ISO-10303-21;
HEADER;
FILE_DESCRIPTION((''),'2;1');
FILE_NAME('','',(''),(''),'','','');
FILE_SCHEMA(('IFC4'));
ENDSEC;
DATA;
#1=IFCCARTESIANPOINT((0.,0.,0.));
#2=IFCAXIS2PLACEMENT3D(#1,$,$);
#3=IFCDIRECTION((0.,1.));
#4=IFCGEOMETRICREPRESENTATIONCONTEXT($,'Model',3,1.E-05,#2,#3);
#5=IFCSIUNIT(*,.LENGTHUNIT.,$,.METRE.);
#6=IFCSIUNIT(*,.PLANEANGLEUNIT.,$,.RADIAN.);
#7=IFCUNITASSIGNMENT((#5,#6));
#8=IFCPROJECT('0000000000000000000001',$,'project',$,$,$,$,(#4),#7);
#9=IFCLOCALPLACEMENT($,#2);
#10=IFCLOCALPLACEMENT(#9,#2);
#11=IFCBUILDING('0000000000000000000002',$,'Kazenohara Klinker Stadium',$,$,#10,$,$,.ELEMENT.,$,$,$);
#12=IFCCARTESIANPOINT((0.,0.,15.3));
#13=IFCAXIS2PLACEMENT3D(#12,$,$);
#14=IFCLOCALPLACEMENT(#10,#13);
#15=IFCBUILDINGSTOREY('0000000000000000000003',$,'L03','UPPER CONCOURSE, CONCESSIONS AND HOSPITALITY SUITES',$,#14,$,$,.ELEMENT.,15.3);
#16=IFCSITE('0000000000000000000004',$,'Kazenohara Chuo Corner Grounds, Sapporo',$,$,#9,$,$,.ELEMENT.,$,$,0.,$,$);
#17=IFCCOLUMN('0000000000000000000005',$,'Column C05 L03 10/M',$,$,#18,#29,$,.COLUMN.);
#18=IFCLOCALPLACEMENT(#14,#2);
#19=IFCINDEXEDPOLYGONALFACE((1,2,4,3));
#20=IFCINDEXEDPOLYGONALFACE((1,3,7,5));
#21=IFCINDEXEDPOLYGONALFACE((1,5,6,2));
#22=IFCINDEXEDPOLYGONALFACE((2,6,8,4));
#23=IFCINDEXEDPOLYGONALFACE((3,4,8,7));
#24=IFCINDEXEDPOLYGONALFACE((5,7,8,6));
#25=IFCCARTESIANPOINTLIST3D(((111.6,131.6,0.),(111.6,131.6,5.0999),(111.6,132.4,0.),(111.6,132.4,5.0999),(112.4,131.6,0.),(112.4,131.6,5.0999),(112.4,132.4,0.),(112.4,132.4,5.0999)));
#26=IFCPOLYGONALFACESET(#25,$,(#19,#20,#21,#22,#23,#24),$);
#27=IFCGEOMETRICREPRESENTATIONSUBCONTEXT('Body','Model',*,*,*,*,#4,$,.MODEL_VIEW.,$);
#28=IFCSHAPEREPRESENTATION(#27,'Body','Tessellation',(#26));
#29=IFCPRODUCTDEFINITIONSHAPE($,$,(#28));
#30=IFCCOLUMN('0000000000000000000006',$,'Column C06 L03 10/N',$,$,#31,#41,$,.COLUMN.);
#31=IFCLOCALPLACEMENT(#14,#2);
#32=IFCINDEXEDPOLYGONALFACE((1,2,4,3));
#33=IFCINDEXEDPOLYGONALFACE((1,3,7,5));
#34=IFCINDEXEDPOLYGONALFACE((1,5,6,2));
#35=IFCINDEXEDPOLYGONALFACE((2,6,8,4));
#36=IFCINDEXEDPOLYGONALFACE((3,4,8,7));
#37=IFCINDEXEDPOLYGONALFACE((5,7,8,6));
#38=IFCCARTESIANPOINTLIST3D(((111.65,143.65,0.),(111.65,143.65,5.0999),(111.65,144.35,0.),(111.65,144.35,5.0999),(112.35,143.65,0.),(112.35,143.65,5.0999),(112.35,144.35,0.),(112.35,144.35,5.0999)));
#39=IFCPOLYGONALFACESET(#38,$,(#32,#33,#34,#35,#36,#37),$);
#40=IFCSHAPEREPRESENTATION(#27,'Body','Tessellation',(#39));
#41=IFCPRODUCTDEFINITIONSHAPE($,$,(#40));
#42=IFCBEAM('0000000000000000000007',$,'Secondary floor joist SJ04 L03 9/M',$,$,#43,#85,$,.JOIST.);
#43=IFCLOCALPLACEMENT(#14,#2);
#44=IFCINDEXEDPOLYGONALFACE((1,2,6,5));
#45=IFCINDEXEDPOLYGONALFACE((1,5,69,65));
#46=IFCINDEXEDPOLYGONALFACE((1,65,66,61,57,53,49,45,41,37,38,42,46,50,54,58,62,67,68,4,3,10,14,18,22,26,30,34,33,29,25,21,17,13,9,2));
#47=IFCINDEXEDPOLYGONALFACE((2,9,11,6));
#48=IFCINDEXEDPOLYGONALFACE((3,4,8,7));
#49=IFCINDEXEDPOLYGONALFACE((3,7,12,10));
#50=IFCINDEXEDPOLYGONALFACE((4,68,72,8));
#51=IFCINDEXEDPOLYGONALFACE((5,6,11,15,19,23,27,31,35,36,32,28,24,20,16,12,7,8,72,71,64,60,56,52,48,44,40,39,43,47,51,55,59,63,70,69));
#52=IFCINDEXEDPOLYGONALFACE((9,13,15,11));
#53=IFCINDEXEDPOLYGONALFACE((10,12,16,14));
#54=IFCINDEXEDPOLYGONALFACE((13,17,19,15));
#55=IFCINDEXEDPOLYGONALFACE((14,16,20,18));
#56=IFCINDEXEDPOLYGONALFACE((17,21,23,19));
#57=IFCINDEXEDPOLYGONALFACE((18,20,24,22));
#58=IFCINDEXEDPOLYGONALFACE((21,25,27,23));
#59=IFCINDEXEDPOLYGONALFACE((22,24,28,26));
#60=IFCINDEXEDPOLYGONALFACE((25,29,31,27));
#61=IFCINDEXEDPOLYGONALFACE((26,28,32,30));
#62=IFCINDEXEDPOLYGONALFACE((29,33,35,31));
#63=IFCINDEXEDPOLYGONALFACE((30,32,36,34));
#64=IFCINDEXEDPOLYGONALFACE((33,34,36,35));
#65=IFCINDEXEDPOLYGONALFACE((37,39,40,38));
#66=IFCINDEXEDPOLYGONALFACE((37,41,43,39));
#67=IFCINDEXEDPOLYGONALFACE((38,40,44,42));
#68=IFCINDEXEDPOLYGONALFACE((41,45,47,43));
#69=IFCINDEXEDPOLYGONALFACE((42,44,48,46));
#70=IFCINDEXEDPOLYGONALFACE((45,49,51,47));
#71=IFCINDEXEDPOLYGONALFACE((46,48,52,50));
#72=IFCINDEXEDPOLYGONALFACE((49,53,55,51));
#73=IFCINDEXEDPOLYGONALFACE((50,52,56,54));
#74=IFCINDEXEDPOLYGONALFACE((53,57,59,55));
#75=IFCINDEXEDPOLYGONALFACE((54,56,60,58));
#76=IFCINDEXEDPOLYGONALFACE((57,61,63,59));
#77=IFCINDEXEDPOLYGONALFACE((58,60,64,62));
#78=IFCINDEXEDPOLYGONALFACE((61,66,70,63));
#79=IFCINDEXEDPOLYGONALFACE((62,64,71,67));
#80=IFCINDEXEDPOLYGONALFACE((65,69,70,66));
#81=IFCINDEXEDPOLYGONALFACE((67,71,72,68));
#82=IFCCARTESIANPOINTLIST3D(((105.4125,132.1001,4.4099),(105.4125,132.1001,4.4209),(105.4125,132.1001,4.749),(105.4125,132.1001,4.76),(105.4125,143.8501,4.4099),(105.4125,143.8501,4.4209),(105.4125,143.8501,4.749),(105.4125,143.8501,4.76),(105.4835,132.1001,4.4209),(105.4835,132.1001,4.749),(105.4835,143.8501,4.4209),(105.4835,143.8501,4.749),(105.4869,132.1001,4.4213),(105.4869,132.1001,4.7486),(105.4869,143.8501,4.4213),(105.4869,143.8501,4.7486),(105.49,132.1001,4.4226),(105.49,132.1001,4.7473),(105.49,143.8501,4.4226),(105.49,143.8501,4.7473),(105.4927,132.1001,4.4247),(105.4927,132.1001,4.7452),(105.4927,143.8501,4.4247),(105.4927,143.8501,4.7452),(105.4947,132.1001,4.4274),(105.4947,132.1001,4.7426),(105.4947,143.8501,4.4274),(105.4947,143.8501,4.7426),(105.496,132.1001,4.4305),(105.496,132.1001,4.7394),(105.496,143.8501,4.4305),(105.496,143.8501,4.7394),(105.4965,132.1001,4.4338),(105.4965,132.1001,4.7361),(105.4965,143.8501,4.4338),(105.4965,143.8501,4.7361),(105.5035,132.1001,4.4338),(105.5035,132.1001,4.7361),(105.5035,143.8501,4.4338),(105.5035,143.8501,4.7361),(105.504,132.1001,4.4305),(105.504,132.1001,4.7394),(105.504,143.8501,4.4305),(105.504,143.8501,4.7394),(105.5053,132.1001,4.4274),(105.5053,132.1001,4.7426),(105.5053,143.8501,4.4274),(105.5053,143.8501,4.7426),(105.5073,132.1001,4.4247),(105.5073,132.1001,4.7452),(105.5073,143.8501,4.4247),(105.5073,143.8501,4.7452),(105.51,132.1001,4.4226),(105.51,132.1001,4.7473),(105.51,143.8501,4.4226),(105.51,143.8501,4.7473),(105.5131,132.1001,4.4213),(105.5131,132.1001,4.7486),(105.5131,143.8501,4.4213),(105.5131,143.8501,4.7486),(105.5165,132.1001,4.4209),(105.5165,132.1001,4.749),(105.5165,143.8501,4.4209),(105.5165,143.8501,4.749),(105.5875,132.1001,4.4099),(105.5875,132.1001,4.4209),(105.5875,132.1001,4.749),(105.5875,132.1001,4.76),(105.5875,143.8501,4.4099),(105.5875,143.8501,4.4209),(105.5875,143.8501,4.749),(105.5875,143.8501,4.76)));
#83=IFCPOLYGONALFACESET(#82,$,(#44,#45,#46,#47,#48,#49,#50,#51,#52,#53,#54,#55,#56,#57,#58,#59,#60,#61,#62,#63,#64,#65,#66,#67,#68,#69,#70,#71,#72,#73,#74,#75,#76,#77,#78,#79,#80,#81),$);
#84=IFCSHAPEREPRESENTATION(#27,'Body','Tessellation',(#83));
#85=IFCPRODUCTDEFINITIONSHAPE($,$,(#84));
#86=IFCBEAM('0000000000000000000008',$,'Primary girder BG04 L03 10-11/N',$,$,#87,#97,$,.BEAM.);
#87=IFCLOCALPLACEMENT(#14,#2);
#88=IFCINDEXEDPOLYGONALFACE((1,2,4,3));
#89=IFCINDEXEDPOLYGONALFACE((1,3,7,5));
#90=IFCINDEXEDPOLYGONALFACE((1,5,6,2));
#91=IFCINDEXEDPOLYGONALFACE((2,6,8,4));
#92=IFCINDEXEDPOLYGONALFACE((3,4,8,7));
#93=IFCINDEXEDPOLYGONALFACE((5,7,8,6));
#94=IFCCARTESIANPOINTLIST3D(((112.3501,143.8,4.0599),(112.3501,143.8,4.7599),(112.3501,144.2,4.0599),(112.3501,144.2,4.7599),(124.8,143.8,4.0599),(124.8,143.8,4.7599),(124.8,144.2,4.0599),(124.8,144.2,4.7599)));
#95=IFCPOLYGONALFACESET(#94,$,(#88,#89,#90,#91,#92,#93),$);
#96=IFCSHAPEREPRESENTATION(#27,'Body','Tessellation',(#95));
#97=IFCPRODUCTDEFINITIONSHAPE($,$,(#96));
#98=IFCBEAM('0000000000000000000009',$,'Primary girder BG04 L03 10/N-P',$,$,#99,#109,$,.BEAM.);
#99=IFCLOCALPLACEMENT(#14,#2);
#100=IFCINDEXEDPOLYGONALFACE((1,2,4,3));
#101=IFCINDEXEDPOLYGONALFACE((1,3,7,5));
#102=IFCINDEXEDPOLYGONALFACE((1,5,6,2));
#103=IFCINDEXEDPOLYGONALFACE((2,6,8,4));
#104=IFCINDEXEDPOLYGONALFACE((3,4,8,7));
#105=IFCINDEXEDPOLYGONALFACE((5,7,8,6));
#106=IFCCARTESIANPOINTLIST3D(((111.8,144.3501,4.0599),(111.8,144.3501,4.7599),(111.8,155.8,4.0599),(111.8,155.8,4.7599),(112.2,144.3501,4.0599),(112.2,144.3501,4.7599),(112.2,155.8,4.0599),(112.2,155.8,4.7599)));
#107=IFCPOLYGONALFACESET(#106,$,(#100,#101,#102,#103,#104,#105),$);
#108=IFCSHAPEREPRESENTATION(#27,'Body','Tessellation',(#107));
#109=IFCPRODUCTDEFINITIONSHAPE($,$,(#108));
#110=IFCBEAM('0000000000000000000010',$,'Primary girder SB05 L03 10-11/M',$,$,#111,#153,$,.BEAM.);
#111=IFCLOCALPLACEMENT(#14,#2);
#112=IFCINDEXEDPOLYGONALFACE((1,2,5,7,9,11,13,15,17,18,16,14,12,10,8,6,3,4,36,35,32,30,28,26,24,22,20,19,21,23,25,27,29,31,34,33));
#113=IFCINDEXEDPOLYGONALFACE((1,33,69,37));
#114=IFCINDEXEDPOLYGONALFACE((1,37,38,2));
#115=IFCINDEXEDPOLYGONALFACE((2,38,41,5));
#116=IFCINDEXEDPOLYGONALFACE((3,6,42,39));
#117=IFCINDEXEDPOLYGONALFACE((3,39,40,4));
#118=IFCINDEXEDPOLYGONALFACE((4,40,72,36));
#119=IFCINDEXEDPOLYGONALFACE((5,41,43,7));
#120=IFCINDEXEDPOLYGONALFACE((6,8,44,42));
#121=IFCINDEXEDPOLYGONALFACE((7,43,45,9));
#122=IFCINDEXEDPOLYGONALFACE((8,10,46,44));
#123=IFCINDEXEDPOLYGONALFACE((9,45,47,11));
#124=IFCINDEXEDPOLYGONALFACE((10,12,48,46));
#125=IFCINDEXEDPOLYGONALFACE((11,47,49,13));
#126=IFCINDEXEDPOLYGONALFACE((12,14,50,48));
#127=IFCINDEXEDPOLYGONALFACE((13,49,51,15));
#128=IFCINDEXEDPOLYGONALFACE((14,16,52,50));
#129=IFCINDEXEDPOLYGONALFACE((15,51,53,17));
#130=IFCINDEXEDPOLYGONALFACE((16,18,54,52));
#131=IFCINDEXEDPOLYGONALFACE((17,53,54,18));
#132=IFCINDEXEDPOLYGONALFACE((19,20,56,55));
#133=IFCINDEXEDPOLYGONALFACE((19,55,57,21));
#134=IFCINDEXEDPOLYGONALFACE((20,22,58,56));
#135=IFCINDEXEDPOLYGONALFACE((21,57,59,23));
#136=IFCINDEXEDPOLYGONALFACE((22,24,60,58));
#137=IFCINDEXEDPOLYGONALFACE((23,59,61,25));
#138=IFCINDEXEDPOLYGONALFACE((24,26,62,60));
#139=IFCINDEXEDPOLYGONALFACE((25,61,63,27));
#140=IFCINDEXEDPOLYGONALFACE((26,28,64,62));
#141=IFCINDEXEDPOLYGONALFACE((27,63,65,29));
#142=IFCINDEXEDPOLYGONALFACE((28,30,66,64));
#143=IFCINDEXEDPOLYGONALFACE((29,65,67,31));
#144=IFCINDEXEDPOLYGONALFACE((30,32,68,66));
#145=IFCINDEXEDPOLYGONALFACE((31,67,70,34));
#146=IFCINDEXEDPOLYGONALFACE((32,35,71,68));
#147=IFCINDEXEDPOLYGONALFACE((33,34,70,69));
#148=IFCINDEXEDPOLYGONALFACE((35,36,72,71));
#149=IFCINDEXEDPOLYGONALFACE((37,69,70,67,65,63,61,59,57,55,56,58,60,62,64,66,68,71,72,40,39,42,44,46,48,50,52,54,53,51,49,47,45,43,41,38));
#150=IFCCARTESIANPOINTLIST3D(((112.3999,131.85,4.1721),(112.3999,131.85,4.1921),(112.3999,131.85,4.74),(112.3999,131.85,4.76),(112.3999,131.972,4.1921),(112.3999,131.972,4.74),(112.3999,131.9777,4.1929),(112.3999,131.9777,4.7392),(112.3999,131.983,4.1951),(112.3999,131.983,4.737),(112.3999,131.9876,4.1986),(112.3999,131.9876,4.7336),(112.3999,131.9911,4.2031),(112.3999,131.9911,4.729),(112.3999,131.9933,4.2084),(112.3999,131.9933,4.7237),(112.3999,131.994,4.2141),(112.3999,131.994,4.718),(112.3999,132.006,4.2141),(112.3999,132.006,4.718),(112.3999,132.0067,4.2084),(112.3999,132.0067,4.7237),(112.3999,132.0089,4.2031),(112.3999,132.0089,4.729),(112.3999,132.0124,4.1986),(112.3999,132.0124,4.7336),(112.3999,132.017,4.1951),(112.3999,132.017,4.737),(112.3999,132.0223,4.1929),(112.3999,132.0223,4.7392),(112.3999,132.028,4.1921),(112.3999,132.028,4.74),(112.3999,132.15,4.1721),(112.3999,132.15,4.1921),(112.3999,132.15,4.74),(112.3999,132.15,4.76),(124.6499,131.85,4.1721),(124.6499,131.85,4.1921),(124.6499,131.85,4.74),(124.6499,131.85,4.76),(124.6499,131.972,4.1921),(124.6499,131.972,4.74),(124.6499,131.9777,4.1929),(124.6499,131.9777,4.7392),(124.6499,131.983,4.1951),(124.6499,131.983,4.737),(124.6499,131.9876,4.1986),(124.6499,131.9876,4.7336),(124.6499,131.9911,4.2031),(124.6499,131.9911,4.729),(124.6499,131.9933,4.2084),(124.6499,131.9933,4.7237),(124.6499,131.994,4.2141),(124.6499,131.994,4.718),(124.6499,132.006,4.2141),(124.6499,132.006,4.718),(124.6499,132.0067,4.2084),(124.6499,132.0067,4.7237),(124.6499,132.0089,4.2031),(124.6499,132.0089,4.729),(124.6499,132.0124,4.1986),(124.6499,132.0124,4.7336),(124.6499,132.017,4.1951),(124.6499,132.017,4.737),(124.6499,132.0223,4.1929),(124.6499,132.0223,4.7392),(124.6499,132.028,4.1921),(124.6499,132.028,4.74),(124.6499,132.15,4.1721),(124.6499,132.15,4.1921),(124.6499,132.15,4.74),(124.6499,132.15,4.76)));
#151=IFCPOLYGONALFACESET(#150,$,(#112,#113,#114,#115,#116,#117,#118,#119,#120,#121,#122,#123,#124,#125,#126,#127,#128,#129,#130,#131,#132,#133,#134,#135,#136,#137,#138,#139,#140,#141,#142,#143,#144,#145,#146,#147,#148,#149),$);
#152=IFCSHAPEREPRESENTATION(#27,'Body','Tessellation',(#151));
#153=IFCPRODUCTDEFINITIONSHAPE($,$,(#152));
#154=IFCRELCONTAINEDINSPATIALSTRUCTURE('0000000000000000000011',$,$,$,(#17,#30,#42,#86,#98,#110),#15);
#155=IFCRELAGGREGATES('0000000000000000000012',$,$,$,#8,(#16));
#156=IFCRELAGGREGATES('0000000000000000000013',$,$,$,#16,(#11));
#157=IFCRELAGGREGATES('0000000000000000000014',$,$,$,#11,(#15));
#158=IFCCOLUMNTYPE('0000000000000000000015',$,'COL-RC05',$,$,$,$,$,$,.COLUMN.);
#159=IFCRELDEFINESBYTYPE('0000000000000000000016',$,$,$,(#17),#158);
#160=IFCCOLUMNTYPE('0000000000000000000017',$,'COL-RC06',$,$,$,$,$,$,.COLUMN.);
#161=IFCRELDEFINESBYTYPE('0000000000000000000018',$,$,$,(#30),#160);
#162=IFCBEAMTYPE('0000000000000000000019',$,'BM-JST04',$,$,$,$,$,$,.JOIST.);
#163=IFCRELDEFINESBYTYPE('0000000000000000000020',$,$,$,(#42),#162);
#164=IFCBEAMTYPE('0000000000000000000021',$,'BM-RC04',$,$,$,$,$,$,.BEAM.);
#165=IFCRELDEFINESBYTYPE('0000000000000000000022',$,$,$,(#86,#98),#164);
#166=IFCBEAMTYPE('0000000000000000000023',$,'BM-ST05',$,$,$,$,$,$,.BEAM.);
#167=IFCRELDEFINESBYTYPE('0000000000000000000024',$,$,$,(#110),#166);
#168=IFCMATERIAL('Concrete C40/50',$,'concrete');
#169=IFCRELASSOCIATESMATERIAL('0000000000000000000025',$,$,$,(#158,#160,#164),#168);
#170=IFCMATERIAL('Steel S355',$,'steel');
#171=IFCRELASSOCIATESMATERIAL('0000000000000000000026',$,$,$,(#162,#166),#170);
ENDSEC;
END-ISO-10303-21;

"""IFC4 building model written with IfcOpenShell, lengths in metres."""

from ifc_helpers import new_model, si_unit, direction, frame, origin, origin_2d, place, context, subcontext, project, spatial, rectangle, i_section, extrude, material, material_profile, profile_set, type_object, element, save


model = new_model("IFC4")

# Units and contexts
model_context = context("Model", 3, precision=1e-05, world=origin(), true_north=direction((0.0, 1.0)))
body_context = subcontext(model_context, "Body", "Model", "MODEL_VIEW")
ifc_project = project(units=[si_unit("LENGTHUNIT", "METRE"), si_unit("PLANEANGLEUNIT", "RADIAN")], contexts=[model_context])

# Site, building, storey
site_placement = place(None, origin())
site = spatial("IfcSite", under=ifc_project, at=site_placement, Name="Kazenohara Chuo Corner Grounds, Sapporo", CompositionType="ELEMENT", RefElevation=0.0)
building_placement = place(site_placement, origin())
building = spatial("IfcBuilding", under=site, at=building_placement, Name="Kazenohara Klinker Stadium", CompositionType="ELEMENT")
storey_placement = place(building_placement, frame((0.0, 0.0, 15.3)))
storey = spatial("IfcBuildingStorey", under=building, at=storey_placement, Name="L03", Description="UPPER CONCOURSE, CONCESSIONS AND HOSPITALITY SUITES", CompositionType="ELEMENT", Elevation=15.3)

# Columns
ifc_material_1 = material(Name="Concrete C40/50", Category="concrete")
ifc_material_profile_1 = material_profile(ifc_material_1, rectangle(XDim=0.8, YDim=0.8, at=origin_2d()), Name="RC-COL-800x800")
ifc_profile_set_1 = profile_set([ifc_material_profile_1], Name="Concrete C40/50")
column_type_1 = type_object("IfcColumnType", Name="COL-RC05", PredefinedType="COLUMN", material=ifc_profile_set_1)
column_1_placement = place(storey_placement, frame((112.0, 132.0, 0.0), z_axis=(0.0, 0.0, 1.0), x_axis=(1.0, 0.0, 0.0)))
element("IfcColumn", 1, at=column_1_placement, inside=storey, type_object=column_type_1, Name="Column C05 L03 10/M", PredefinedType="COLUMN", context=body_context, shape_type="SweptSolid", body=[
    extrude(rectangle(XDim=0.8, YDim=0.8, at=origin_2d()), origin(), (0.0, 0.0, 1.0), 5.0999),
])
ifc_material_profile_2 = material_profile(ifc_material_1, rectangle(XDim=0.7, YDim=0.7, at=origin_2d()), Name="RC-COL-700x700")
ifc_profile_set_2 = profile_set([ifc_material_profile_2], Name="Concrete C40/50")
column_type_2 = type_object("IfcColumnType", Name="COL-RC06", PredefinedType="COLUMN", material=ifc_profile_set_2)
column_2_placement = place(storey_placement, frame((112.0, 144.0, 0.0), z_axis=(0.0, 0.0, 1.0), x_axis=(1.0, 0.0, 0.0)))
element("IfcColumn", 2, at=column_2_placement, inside=storey, type_object=column_type_2, Name="Column C06 L03 10/N", PredefinedType="COLUMN", context=body_context, shape_type="SweptSolid", body=[
    extrude(rectangle(XDim=0.7, YDim=0.7, at=origin_2d()), origin(), (0.0, 0.0, 1.0), 5.0999),
])

# Beams
ifc_material_2 = material(Name="Steel S355", Category="steel")
ifc_material_profile_3 = material_profile(ifc_material_2, i_section(OverallWidth=0.175, OverallDepth=0.3501, WebThickness=0.0071, FlangeThickness=0.011, FilletRadius=0.0129, at=origin_2d()), Name="H-350x175x7x11")
ifc_profile_set_3 = profile_set([ifc_material_profile_3], Name="Steel S355")
beam_type_1 = type_object("IfcBeamType", Name="BM-JST04", PredefinedType="JOIST", material=ifc_profile_set_3)
beam_1_placement = place(storey_placement, frame((105.5, 132.1001, 4.585), z_axis=(0.0, 1.0, 0.0), x_axis=(-1.0, 0.0, 0.0)))
element("IfcBeam", 3, at=beam_1_placement, inside=storey, type_object=beam_type_1, Name="Secondary floor joist SJ04 L03 9/M", PredefinedType="JOIST", context=body_context, shape_type="SweptSolid", body=[
    extrude(i_section(OverallWidth=0.175, OverallDepth=0.3501, WebThickness=0.0071, FlangeThickness=0.011, FilletRadius=0.0129, at=origin_2d()), origin(), (0.0, 0.0, 1.0), 11.75),
])
ifc_material_profile_4 = material_profile(ifc_material_1, rectangle(XDim=0.3999, YDim=0.7, at=origin_2d()), Name="RC-BM-400x700")
ifc_profile_set_4 = profile_set([ifc_material_profile_4], Name="Concrete C40/50")
beam_type_2 = type_object("IfcBeamType", Name="BM-RC04", PredefinedType="BEAM", material=ifc_profile_set_4)
beam_2_placement = place(storey_placement, frame((112.3501, 144.0, 4.4099), z_axis=(1.0, 0.0, 0.0), x_axis=(0.0, 1.0, 0.0)))
element("IfcBeam", 4, at=beam_2_placement, inside=storey, type_object=beam_type_2, Name="Primary girder BG04 L03 10-11/N", PredefinedType="BEAM", context=body_context, shape_type="SweptSolid", body=[
    extrude(rectangle(XDim=0.3999, YDim=0.7, at=origin_2d()), origin(), (0.0, 0.0, 1.0), 12.45),
])
beam_3_placement = place(storey_placement, frame((112.0, 144.3501, 4.4099), z_axis=(0.0, 1.0, 0.0), x_axis=(-1.0, 0.0, 0.0)))
element("IfcBeam", 5, at=beam_3_placement, inside=storey, type_object=beam_type_2, Name="Primary girder BG04 L03 10/N-P", PredefinedType="BEAM", context=body_context, shape_type="SweptSolid", body=[
    extrude(rectangle(XDim=0.3999, YDim=0.7, at=origin_2d()), origin(), (0.0, 0.0, 1.0), 11.45),
])
ifc_material_profile_5 = material_profile(ifc_material_2, i_section(OverallWidth=0.3, OverallDepth=0.5879, WebThickness=0.012, FlangeThickness=0.02, FilletRadius=0.022, at=origin_2d()), Name="H-588x300x12x20")
ifc_profile_set_5 = profile_set([ifc_material_profile_5], Name="Steel S355")
beam_type_3 = type_object("IfcBeamType", Name="BM-ST05", PredefinedType="BEAM", material=ifc_profile_set_5)
beam_4_placement = place(storey_placement, frame((112.3999, 132.0, 4.4661), z_axis=(1.0, 0.0, 0.0), x_axis=(0.0, 1.0, 0.0)))
element("IfcBeam", 6, at=beam_4_placement, inside=storey, type_object=beam_type_3, Name="Primary girder SB05 L03 10-11/M", PredefinedType="BEAM", context=body_context, shape_type="SweptSolid", body=[
    extrude(i_section(OverallWidth=0.3, OverallDepth=0.5879, WebThickness=0.012, FlangeThickness=0.02, FilletRadius=0.022, at=origin_2d()), origin(), (0.0, 0.0, 1.0), 12.25),
])

save(model, "model.ifc")
